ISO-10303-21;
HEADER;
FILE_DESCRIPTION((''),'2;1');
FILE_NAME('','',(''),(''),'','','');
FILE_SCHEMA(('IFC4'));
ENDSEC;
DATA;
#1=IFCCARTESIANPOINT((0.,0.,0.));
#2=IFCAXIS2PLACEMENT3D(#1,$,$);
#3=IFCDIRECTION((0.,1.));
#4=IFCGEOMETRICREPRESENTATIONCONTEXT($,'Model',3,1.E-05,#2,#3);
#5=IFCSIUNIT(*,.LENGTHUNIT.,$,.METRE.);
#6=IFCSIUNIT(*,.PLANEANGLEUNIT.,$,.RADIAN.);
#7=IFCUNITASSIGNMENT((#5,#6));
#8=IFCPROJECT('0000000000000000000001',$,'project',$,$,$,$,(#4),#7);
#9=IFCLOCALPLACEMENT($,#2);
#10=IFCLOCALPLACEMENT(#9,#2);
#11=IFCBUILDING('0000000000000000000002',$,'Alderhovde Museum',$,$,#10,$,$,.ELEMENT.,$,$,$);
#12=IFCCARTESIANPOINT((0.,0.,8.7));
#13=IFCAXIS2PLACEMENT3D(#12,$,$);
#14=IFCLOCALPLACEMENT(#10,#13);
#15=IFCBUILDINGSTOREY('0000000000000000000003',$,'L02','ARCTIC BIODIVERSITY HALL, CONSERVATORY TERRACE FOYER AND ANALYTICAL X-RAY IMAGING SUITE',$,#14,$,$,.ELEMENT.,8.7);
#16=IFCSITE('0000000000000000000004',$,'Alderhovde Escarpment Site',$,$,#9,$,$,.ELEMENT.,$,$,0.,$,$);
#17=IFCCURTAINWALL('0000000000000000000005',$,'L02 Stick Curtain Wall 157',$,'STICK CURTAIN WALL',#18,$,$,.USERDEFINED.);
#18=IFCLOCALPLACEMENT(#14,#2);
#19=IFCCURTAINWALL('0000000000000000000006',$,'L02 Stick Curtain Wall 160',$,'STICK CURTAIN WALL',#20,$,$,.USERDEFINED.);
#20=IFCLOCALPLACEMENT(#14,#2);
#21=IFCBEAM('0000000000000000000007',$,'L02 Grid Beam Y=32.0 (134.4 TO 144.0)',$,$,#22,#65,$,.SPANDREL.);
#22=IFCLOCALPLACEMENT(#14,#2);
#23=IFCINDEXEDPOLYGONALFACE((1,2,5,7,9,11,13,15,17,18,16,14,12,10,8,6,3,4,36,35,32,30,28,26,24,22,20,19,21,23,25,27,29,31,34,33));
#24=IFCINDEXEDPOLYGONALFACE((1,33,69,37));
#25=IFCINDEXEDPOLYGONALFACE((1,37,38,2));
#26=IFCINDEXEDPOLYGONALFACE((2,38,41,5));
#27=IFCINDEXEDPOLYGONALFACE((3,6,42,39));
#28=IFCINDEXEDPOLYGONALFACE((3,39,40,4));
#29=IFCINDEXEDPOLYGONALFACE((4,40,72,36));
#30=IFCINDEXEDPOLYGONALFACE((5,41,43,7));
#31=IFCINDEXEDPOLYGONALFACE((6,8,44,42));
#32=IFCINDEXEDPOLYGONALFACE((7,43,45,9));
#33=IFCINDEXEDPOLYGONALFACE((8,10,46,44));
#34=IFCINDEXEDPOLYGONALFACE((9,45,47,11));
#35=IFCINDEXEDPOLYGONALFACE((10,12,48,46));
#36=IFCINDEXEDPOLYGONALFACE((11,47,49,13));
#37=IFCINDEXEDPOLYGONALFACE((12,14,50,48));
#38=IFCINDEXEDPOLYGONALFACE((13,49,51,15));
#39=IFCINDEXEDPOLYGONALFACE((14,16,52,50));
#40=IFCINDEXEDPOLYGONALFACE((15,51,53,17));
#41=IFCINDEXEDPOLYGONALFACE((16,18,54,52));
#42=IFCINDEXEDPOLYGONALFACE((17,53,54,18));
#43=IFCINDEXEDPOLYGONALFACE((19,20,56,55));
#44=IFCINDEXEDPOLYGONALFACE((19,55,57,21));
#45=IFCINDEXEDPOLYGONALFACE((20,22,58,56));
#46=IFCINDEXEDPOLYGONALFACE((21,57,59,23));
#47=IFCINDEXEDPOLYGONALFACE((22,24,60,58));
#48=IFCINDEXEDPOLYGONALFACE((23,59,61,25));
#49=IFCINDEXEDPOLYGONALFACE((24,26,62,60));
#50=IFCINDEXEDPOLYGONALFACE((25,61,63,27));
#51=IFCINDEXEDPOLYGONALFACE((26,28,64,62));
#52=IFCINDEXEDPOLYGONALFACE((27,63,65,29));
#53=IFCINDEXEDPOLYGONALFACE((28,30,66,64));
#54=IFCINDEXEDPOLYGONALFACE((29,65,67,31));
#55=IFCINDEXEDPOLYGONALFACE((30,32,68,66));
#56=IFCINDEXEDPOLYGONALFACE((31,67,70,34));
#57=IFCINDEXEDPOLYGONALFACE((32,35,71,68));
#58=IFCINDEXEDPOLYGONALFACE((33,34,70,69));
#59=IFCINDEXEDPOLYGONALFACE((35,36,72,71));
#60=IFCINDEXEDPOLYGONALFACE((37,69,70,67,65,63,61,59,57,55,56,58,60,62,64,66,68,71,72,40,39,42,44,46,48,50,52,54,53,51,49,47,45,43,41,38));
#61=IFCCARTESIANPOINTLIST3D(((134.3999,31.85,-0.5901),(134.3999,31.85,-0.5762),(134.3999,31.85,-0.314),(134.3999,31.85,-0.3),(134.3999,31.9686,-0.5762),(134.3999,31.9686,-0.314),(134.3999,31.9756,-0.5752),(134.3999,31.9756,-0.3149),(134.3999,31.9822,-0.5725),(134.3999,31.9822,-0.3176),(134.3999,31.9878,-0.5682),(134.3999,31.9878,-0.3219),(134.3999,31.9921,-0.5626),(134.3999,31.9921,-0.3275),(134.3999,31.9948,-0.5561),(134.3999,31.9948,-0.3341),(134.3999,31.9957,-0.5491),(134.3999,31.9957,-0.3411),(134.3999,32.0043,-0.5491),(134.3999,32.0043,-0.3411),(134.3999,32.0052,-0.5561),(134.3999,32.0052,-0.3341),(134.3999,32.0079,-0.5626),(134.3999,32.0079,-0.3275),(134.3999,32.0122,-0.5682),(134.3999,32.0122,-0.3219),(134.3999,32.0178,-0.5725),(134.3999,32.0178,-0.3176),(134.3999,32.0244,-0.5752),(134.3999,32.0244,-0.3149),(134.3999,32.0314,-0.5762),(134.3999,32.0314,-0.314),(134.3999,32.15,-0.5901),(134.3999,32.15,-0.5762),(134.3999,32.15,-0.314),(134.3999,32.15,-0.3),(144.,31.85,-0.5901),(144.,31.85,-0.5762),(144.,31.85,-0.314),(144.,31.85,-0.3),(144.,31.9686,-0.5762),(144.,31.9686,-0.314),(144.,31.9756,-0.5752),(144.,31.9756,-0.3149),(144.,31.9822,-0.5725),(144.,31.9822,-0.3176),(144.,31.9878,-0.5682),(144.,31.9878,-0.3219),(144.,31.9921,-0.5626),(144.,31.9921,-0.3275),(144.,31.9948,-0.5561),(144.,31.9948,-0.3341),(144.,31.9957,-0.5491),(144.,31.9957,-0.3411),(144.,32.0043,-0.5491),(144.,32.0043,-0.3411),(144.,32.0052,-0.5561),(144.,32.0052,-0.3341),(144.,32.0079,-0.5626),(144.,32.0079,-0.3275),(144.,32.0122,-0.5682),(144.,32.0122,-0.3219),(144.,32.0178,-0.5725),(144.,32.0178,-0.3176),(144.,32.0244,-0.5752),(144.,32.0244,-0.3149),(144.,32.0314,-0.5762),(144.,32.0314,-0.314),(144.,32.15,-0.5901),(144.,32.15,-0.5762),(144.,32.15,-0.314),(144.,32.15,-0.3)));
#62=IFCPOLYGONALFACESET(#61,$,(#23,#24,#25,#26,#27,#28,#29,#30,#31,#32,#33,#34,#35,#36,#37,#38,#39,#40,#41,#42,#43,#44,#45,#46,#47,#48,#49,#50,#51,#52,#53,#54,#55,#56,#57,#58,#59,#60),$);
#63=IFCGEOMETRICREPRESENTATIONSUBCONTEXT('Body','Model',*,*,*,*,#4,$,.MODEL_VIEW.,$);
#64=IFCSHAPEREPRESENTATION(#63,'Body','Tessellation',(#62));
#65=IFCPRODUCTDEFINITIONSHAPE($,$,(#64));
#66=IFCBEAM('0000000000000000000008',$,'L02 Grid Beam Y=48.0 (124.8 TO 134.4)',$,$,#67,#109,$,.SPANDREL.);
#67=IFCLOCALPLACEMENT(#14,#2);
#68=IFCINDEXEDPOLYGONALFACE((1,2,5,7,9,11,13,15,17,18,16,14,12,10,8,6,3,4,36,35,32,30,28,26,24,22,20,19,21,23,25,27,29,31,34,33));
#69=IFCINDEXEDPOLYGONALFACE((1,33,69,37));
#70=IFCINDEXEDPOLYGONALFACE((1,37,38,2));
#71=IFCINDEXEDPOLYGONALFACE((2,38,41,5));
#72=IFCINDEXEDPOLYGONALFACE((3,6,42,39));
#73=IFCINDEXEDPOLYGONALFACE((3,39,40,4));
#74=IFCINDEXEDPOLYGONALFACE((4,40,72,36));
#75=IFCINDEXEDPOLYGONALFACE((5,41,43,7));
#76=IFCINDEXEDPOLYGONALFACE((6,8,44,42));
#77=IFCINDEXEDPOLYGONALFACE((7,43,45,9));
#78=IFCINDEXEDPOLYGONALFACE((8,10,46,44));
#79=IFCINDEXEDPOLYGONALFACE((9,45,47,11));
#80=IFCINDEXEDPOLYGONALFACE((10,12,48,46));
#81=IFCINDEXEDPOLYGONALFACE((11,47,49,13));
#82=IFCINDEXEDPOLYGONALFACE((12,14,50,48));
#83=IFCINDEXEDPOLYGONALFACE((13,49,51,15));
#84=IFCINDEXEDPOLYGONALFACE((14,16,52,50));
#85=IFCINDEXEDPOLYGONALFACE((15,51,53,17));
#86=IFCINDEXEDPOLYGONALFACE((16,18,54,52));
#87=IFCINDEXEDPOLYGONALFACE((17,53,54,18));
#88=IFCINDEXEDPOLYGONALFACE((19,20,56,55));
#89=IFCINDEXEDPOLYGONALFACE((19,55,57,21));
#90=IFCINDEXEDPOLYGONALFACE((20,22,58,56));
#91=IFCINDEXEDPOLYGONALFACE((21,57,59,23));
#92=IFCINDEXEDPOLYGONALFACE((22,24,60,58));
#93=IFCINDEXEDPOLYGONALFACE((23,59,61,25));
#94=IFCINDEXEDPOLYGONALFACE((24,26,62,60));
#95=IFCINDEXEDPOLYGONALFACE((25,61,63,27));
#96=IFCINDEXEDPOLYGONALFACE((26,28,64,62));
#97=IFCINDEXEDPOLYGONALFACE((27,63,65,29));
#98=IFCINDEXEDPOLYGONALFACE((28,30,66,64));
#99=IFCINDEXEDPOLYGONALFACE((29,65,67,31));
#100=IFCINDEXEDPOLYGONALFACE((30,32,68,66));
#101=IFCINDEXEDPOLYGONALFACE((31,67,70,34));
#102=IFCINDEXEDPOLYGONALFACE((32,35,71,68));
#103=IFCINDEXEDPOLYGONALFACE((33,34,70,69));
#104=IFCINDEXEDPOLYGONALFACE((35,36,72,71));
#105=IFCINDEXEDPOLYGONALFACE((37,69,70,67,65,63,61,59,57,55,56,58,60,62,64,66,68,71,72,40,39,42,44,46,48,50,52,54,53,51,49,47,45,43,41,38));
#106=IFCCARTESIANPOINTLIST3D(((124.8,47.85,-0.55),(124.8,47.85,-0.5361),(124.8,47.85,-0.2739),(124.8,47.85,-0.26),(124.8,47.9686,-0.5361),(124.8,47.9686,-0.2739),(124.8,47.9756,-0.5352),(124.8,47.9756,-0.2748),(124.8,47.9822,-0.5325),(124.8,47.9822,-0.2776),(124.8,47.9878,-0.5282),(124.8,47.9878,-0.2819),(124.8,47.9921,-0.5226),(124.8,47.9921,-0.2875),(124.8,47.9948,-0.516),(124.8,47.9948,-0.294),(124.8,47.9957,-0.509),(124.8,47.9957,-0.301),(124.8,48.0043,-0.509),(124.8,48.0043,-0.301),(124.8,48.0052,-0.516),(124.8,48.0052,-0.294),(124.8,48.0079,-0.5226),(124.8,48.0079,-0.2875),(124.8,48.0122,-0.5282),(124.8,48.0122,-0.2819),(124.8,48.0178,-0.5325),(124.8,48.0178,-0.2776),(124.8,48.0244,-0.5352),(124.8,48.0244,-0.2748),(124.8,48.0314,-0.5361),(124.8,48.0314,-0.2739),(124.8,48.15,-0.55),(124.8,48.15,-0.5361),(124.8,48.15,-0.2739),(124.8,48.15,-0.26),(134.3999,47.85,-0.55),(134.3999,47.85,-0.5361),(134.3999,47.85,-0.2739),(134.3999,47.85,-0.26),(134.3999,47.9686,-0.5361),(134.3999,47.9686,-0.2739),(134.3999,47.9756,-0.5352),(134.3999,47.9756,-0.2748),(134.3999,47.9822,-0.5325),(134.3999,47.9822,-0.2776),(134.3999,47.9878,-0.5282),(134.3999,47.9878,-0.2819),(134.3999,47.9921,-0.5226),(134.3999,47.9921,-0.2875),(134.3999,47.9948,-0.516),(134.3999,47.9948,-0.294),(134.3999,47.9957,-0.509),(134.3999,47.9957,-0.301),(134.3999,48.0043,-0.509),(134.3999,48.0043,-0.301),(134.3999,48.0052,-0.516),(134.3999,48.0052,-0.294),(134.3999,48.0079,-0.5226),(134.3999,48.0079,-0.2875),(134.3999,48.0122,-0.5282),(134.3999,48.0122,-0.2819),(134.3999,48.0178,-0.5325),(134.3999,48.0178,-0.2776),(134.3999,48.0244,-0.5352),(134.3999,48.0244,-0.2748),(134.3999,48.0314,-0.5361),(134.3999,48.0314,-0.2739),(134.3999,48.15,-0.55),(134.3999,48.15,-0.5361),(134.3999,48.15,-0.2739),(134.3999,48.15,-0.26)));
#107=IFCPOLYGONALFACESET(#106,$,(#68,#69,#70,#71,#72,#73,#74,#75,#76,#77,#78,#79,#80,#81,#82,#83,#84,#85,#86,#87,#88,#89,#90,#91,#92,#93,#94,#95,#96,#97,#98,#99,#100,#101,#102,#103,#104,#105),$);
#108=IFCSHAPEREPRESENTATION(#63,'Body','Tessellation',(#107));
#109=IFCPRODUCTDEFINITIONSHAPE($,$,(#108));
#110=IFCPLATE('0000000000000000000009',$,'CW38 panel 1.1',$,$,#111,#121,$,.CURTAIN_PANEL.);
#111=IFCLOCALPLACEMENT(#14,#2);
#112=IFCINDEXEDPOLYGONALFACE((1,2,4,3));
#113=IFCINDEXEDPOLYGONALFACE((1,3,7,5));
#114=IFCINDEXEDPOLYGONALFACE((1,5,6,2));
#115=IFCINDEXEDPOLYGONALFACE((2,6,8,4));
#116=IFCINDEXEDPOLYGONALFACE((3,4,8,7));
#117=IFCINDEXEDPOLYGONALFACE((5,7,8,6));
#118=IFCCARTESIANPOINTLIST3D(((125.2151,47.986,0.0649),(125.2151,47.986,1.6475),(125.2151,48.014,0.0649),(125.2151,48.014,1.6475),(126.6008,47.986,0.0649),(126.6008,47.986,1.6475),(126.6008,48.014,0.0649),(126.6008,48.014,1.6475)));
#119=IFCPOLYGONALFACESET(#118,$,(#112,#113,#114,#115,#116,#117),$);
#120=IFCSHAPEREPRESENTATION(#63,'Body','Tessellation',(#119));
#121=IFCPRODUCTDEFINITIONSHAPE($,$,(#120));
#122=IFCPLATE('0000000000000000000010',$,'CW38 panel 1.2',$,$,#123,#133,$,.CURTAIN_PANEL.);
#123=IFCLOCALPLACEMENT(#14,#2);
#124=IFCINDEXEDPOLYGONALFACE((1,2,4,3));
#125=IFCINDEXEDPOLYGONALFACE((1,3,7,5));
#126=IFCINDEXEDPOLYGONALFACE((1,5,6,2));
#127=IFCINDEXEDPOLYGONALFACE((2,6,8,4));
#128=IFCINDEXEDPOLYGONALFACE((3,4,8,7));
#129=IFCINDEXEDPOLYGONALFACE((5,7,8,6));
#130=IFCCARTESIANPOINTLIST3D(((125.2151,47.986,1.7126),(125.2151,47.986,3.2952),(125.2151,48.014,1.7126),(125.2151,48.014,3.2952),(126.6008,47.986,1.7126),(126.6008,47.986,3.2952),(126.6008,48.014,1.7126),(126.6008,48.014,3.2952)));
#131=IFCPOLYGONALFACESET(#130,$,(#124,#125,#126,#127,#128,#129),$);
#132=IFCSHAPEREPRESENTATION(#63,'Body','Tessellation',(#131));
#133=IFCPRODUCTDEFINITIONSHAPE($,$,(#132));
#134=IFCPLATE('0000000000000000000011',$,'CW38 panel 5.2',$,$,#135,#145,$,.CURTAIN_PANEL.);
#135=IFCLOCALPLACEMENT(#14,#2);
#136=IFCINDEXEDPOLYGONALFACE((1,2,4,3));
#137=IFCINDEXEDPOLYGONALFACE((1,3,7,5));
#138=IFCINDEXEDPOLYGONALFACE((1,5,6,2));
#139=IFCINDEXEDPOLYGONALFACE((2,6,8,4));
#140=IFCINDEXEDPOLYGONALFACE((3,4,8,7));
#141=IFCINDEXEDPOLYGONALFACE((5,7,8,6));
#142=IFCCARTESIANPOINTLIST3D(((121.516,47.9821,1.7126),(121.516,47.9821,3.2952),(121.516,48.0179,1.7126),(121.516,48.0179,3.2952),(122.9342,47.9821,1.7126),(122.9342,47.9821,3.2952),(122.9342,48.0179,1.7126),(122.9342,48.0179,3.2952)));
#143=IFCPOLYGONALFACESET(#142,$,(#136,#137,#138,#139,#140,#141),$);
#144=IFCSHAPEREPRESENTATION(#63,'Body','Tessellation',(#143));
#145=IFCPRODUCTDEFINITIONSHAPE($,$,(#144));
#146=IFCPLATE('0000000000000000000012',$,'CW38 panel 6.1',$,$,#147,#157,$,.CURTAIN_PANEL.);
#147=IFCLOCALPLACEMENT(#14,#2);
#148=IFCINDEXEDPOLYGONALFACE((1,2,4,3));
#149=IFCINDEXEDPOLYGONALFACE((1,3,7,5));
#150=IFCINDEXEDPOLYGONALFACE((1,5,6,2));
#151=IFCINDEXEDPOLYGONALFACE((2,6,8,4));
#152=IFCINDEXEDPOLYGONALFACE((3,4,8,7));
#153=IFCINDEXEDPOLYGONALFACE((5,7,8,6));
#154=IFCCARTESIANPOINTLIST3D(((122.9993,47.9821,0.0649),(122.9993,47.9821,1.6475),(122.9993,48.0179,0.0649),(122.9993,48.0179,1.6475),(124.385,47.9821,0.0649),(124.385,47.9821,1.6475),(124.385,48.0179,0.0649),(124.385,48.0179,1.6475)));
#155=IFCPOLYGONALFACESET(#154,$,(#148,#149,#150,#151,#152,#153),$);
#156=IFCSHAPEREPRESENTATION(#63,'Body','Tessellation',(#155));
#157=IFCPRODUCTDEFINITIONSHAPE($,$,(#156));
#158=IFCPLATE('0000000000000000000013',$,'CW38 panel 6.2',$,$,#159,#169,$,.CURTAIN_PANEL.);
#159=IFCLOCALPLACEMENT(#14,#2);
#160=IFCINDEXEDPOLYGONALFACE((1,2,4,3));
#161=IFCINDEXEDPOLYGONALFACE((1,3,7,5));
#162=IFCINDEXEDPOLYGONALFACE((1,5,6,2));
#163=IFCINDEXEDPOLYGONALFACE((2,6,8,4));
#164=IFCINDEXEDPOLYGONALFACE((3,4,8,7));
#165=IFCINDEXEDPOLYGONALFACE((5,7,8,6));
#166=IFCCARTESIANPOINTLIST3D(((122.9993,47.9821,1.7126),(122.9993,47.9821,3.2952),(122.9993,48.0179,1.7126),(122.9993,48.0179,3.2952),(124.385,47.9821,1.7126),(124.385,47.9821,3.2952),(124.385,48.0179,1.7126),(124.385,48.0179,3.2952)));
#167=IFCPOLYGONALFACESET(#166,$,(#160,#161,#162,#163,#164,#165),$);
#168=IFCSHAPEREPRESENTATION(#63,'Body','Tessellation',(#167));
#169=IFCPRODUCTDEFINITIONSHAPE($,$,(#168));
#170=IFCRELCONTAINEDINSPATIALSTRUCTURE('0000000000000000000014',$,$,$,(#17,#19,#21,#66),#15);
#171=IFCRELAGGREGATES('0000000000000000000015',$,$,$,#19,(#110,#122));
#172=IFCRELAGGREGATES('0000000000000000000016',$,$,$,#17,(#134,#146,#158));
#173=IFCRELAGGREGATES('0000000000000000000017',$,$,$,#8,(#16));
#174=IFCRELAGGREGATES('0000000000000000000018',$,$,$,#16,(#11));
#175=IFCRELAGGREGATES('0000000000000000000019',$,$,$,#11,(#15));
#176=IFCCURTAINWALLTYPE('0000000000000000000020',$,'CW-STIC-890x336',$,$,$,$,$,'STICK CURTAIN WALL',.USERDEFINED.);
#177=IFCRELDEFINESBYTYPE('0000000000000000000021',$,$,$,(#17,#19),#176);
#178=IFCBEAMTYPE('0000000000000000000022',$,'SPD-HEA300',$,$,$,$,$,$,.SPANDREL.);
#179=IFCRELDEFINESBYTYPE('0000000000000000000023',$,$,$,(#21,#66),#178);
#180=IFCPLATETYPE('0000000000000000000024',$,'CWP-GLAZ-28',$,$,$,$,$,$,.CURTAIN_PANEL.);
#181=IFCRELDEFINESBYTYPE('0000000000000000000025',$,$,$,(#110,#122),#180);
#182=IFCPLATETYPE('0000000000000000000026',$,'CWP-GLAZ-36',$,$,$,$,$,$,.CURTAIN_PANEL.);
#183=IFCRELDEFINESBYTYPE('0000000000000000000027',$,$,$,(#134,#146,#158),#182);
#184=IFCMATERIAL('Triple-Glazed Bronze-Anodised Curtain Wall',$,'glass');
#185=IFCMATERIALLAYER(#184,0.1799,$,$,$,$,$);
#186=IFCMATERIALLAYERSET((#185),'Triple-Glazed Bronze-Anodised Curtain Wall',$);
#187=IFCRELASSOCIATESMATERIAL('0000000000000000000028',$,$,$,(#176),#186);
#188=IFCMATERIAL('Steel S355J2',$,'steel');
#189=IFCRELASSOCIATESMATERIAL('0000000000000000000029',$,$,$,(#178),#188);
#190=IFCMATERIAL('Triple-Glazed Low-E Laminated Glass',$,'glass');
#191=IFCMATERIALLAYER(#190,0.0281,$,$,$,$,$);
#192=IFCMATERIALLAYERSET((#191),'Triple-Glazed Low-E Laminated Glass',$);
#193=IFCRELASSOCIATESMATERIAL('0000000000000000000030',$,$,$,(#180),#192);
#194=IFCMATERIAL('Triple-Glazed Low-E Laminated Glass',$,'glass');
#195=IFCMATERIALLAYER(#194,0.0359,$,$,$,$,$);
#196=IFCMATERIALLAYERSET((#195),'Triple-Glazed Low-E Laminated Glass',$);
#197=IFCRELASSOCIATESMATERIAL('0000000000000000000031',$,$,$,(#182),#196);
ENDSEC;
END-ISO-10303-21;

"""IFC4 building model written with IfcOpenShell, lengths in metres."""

from ifc_helpers import new_model, si_unit, direction, frame, origin, origin_2d, place, context, subcontext, project, spatial, rectangle, i_section, extrude, material, layer, layer_set, material_profile, profile_set, type_object, element, aggregate, save


model = new_model("IFC4")

# Units and contexts
model_context = context("Model", 3, precision=1e-05, world=origin(), true_north=direction((0.0, 1.0)))
body_context = subcontext(model_context, "Body", "Model", "MODEL_VIEW")
ifc_project = project(units=[si_unit("LENGTHUNIT", "METRE"), si_unit("PLANEANGLEUNIT", "RADIAN")], contexts=[model_context])

# Site, building, storey
site_placement = place(None, origin())
site = spatial("IfcSite", under=ifc_project, at=site_placement, Name="Alderhovde Escarpment Site", CompositionType="ELEMENT", RefElevation=0.0)
building_placement = place(site_placement, origin())
building = spatial("IfcBuilding", under=site, at=building_placement, Name="Alderhovde Museum", CompositionType="ELEMENT")
storey_placement = place(building_placement, frame((0.0, 0.0, 8.7)))
storey = spatial("IfcBuildingStorey", under=building, at=storey_placement, Name="L02", Description="ARCTIC BIODIVERSITY HALL, CONSERVATORY TERRACE FOYER AND ANALYTICAL X-RAY IMAGING SUITE", CompositionType="ELEMENT", Elevation=8.7)

# Curtain wall
ifc_material_1 = material(Name="Triple-Glazed Bronze-Anodised Curtain Wall", Category="glass")
ifc_layer_1 = layer(ifc_material_1, 0.1799)
ifc_layer_set_1 = layer_set([ifc_layer_1], Name="Triple-Glazed Bronze-Anodised Curtain Wall")
curtain_wall_type = type_object("IfcCurtainWallType", Name="CW-STIC-890x336", ElementType="STICK CURTAIN WALL", PredefinedType="USERDEFINED", material=ifc_layer_set_1)
curtain_wall_1_placement = place(storey_placement, origin())
curtain_wall_1 = element("IfcCurtainWall", 1, at=curtain_wall_1_placement, inside=storey, type_object=curtain_wall_type, Name="L02 Stick Curtain Wall 157", ObjectType="STICK CURTAIN WALL", PredefinedType="USERDEFINED")

# Curtain wall
curtain_wall_2_placement = place(storey_placement, origin())
curtain_wall_2 = element("IfcCurtainWall", 2, at=curtain_wall_2_placement, inside=storey, type_object=curtain_wall_type, Name="L02 Stick Curtain Wall 160", ObjectType="STICK CURTAIN WALL", PredefinedType="USERDEFINED")

# Beams
ifc_material_2 = material(Name="Steel S355J2", Category="steel")
ifc_material_profile_1 = material_profile(ifc_material_2, i_section(OverallWidth=0.3, OverallDepth=0.29, WebThickness=0.0085, FlangeThickness=0.0139, FilletRadius=0.0271, at=origin_2d()), Name="HEA 300")
ifc_profile_set_1 = profile_set([ifc_material_profile_1], Name="Steel S355J2")
beam_type_1 = type_object("IfcBeamType", Name="SPD-HEA300", PredefinedType="SPANDREL", material=ifc_profile_set_1)
beam_1_placement = place(storey_placement, frame((134.3999, 32.0, -0.4451), z_axis=(1.0, 0.0, 0.0), x_axis=(0.0, 1.0, 0.0)))
element("IfcBeam", 3, at=beam_1_placement, inside=storey, type_object=beam_type_1, Name="L02 Grid Beam Y=32.0 (134.4 TO 144.0)", PredefinedType="SPANDREL", context=body_context, shape_type="SweptSolid", body=[
    extrude(i_section(OverallWidth=0.3, OverallDepth=0.29, WebThickness=0.0085, FlangeThickness=0.0139, FilletRadius=0.0271, at=origin_2d()), origin(), (0.0, 0.0, 1.0), 9.6001),
])
beam_2_placement = place(storey_placement, frame((124.8, 48.0, -0.405), z_axis=(1.0, 0.0, 0.0), x_axis=(0.0, 1.0, 0.0)))
element("IfcBeam", 4, at=beam_2_placement, inside=storey, type_object=beam_type_1, Name="L02 Grid Beam Y=48.0 (124.8 TO 134.4)", PredefinedType="SPANDREL", context=body_context, shape_type="SweptSolid", body=[
    extrude(i_section(OverallWidth=0.3, OverallDepth=0.29, WebThickness=0.0085, FlangeThickness=0.0139, FilletRadius=0.0271, at=origin_2d()), origin(), (0.0, 0.0, 1.0), 9.5999),
])

# Plates
ifc_material_3 = material(Name="Triple-Glazed Low-E Laminated Glass", Category="glass")
ifc_layer_2 = layer(ifc_material_3, 0.0281)
ifc_layer_set_2 = layer_set([ifc_layer_2], Name="Triple-Glazed Low-E Laminated Glass")
plate_type_1 = type_object("IfcPlateType", Name="CWP-GLAZ-28", PredefinedType="CURTAIN_PANEL", material=ifc_layer_set_2)
plate_1_placement = place(storey_placement, frame((125.908, 48.0, 0.0649), z_axis=(0.0, 0.0, 1.0), x_axis=(1.0, 0.0, 0.0)))
plate_1 = element("IfcPlate", 5, at=plate_1_placement, type_object=plate_type_1, Name="CW38 panel 1.1", PredefinedType="CURTAIN_PANEL", context=body_context, shape_type="SweptSolid", body=[
    extrude(rectangle(XDim=1.3857, YDim=0.0281, at=origin_2d()), origin(), (0.0, 0.0, 1.0), 1.5825),
])
plate_2_placement = place(storey_placement, frame((125.908, 48.0, 1.7126), z_axis=(0.0, 0.0, 1.0), x_axis=(1.0, 0.0, 0.0)))
plate_2 = element("IfcPlate", 6, at=plate_2_placement, type_object=plate_type_1, Name="CW38 panel 1.2", PredefinedType="CURTAIN_PANEL", context=body_context, shape_type="SweptSolid", body=[
    extrude(rectangle(XDim=1.3857, YDim=0.0281, at=origin_2d()), origin(), (0.0, 0.0, 1.0), 1.5825),
])
aggregate(curtain_wall_2, [plate_1, plate_2])
ifc_material_4 = material(Name="Triple-Glazed Low-E Laminated Glass", Category="glass")
ifc_layer_3 = layer(ifc_material_4, 0.0359)
ifc_layer_set_3 = layer_set([ifc_layer_3], Name="Triple-Glazed Low-E Laminated Glass")
plate_type_2 = type_object("IfcPlateType", Name="CWP-GLAZ-36", PredefinedType="CURTAIN_PANEL", material=ifc_layer_set_3)
plate_3_placement = place(storey_placement, frame((122.2251, 48.0, 1.7126), z_axis=(0.0, 0.0, 1.0), x_axis=(1.0, 0.0, 0.0)))
plate_3 = element("IfcPlate", 7, at=plate_3_placement, type_object=plate_type_2, Name="CW38 panel 5.2", PredefinedType="CURTAIN_PANEL", context=body_context, shape_type="SweptSolid", body=[
    extrude(rectangle(XDim=1.4182, YDim=0.0359, at=origin_2d()), origin(), (0.0, 0.0, 1.0), 1.5825),
])
plate_4_placement = place(storey_placement, frame((123.6921, 48.0, 0.0649), z_axis=(0.0, 0.0, 1.0), x_axis=(1.0, 0.0, 0.0)))
plate_4 = element("IfcPlate", 8, at=plate_4_placement, type_object=plate_type_2, Name="CW38 panel 6.1", PredefinedType="CURTAIN_PANEL", context=body_context, shape_type="SweptSolid", body=[
    extrude(rectangle(XDim=1.3857, YDim=0.0359, at=origin_2d()), origin(), (0.0, 0.0, 1.0), 1.5825),
])
plate_5_placement = place(storey_placement, frame((123.6921, 48.0, 1.7126), z_axis=(0.0, 0.0, 1.0), x_axis=(1.0, 0.0, 0.0)))
plate_5 = element("IfcPlate", 9, at=plate_5_placement, type_object=plate_type_2, Name="CW38 panel 6.2", PredefinedType="CURTAIN_PANEL", context=body_context, shape_type="SweptSolid", body=[
    extrude(rectangle(XDim=1.3857, YDim=0.0359, at=origin_2d()), origin(), (0.0, 0.0, 1.0), 1.5825),
])
aggregate(curtain_wall_1, [plate_3, plate_4, plate_5])

save(model, "model.ifc")
